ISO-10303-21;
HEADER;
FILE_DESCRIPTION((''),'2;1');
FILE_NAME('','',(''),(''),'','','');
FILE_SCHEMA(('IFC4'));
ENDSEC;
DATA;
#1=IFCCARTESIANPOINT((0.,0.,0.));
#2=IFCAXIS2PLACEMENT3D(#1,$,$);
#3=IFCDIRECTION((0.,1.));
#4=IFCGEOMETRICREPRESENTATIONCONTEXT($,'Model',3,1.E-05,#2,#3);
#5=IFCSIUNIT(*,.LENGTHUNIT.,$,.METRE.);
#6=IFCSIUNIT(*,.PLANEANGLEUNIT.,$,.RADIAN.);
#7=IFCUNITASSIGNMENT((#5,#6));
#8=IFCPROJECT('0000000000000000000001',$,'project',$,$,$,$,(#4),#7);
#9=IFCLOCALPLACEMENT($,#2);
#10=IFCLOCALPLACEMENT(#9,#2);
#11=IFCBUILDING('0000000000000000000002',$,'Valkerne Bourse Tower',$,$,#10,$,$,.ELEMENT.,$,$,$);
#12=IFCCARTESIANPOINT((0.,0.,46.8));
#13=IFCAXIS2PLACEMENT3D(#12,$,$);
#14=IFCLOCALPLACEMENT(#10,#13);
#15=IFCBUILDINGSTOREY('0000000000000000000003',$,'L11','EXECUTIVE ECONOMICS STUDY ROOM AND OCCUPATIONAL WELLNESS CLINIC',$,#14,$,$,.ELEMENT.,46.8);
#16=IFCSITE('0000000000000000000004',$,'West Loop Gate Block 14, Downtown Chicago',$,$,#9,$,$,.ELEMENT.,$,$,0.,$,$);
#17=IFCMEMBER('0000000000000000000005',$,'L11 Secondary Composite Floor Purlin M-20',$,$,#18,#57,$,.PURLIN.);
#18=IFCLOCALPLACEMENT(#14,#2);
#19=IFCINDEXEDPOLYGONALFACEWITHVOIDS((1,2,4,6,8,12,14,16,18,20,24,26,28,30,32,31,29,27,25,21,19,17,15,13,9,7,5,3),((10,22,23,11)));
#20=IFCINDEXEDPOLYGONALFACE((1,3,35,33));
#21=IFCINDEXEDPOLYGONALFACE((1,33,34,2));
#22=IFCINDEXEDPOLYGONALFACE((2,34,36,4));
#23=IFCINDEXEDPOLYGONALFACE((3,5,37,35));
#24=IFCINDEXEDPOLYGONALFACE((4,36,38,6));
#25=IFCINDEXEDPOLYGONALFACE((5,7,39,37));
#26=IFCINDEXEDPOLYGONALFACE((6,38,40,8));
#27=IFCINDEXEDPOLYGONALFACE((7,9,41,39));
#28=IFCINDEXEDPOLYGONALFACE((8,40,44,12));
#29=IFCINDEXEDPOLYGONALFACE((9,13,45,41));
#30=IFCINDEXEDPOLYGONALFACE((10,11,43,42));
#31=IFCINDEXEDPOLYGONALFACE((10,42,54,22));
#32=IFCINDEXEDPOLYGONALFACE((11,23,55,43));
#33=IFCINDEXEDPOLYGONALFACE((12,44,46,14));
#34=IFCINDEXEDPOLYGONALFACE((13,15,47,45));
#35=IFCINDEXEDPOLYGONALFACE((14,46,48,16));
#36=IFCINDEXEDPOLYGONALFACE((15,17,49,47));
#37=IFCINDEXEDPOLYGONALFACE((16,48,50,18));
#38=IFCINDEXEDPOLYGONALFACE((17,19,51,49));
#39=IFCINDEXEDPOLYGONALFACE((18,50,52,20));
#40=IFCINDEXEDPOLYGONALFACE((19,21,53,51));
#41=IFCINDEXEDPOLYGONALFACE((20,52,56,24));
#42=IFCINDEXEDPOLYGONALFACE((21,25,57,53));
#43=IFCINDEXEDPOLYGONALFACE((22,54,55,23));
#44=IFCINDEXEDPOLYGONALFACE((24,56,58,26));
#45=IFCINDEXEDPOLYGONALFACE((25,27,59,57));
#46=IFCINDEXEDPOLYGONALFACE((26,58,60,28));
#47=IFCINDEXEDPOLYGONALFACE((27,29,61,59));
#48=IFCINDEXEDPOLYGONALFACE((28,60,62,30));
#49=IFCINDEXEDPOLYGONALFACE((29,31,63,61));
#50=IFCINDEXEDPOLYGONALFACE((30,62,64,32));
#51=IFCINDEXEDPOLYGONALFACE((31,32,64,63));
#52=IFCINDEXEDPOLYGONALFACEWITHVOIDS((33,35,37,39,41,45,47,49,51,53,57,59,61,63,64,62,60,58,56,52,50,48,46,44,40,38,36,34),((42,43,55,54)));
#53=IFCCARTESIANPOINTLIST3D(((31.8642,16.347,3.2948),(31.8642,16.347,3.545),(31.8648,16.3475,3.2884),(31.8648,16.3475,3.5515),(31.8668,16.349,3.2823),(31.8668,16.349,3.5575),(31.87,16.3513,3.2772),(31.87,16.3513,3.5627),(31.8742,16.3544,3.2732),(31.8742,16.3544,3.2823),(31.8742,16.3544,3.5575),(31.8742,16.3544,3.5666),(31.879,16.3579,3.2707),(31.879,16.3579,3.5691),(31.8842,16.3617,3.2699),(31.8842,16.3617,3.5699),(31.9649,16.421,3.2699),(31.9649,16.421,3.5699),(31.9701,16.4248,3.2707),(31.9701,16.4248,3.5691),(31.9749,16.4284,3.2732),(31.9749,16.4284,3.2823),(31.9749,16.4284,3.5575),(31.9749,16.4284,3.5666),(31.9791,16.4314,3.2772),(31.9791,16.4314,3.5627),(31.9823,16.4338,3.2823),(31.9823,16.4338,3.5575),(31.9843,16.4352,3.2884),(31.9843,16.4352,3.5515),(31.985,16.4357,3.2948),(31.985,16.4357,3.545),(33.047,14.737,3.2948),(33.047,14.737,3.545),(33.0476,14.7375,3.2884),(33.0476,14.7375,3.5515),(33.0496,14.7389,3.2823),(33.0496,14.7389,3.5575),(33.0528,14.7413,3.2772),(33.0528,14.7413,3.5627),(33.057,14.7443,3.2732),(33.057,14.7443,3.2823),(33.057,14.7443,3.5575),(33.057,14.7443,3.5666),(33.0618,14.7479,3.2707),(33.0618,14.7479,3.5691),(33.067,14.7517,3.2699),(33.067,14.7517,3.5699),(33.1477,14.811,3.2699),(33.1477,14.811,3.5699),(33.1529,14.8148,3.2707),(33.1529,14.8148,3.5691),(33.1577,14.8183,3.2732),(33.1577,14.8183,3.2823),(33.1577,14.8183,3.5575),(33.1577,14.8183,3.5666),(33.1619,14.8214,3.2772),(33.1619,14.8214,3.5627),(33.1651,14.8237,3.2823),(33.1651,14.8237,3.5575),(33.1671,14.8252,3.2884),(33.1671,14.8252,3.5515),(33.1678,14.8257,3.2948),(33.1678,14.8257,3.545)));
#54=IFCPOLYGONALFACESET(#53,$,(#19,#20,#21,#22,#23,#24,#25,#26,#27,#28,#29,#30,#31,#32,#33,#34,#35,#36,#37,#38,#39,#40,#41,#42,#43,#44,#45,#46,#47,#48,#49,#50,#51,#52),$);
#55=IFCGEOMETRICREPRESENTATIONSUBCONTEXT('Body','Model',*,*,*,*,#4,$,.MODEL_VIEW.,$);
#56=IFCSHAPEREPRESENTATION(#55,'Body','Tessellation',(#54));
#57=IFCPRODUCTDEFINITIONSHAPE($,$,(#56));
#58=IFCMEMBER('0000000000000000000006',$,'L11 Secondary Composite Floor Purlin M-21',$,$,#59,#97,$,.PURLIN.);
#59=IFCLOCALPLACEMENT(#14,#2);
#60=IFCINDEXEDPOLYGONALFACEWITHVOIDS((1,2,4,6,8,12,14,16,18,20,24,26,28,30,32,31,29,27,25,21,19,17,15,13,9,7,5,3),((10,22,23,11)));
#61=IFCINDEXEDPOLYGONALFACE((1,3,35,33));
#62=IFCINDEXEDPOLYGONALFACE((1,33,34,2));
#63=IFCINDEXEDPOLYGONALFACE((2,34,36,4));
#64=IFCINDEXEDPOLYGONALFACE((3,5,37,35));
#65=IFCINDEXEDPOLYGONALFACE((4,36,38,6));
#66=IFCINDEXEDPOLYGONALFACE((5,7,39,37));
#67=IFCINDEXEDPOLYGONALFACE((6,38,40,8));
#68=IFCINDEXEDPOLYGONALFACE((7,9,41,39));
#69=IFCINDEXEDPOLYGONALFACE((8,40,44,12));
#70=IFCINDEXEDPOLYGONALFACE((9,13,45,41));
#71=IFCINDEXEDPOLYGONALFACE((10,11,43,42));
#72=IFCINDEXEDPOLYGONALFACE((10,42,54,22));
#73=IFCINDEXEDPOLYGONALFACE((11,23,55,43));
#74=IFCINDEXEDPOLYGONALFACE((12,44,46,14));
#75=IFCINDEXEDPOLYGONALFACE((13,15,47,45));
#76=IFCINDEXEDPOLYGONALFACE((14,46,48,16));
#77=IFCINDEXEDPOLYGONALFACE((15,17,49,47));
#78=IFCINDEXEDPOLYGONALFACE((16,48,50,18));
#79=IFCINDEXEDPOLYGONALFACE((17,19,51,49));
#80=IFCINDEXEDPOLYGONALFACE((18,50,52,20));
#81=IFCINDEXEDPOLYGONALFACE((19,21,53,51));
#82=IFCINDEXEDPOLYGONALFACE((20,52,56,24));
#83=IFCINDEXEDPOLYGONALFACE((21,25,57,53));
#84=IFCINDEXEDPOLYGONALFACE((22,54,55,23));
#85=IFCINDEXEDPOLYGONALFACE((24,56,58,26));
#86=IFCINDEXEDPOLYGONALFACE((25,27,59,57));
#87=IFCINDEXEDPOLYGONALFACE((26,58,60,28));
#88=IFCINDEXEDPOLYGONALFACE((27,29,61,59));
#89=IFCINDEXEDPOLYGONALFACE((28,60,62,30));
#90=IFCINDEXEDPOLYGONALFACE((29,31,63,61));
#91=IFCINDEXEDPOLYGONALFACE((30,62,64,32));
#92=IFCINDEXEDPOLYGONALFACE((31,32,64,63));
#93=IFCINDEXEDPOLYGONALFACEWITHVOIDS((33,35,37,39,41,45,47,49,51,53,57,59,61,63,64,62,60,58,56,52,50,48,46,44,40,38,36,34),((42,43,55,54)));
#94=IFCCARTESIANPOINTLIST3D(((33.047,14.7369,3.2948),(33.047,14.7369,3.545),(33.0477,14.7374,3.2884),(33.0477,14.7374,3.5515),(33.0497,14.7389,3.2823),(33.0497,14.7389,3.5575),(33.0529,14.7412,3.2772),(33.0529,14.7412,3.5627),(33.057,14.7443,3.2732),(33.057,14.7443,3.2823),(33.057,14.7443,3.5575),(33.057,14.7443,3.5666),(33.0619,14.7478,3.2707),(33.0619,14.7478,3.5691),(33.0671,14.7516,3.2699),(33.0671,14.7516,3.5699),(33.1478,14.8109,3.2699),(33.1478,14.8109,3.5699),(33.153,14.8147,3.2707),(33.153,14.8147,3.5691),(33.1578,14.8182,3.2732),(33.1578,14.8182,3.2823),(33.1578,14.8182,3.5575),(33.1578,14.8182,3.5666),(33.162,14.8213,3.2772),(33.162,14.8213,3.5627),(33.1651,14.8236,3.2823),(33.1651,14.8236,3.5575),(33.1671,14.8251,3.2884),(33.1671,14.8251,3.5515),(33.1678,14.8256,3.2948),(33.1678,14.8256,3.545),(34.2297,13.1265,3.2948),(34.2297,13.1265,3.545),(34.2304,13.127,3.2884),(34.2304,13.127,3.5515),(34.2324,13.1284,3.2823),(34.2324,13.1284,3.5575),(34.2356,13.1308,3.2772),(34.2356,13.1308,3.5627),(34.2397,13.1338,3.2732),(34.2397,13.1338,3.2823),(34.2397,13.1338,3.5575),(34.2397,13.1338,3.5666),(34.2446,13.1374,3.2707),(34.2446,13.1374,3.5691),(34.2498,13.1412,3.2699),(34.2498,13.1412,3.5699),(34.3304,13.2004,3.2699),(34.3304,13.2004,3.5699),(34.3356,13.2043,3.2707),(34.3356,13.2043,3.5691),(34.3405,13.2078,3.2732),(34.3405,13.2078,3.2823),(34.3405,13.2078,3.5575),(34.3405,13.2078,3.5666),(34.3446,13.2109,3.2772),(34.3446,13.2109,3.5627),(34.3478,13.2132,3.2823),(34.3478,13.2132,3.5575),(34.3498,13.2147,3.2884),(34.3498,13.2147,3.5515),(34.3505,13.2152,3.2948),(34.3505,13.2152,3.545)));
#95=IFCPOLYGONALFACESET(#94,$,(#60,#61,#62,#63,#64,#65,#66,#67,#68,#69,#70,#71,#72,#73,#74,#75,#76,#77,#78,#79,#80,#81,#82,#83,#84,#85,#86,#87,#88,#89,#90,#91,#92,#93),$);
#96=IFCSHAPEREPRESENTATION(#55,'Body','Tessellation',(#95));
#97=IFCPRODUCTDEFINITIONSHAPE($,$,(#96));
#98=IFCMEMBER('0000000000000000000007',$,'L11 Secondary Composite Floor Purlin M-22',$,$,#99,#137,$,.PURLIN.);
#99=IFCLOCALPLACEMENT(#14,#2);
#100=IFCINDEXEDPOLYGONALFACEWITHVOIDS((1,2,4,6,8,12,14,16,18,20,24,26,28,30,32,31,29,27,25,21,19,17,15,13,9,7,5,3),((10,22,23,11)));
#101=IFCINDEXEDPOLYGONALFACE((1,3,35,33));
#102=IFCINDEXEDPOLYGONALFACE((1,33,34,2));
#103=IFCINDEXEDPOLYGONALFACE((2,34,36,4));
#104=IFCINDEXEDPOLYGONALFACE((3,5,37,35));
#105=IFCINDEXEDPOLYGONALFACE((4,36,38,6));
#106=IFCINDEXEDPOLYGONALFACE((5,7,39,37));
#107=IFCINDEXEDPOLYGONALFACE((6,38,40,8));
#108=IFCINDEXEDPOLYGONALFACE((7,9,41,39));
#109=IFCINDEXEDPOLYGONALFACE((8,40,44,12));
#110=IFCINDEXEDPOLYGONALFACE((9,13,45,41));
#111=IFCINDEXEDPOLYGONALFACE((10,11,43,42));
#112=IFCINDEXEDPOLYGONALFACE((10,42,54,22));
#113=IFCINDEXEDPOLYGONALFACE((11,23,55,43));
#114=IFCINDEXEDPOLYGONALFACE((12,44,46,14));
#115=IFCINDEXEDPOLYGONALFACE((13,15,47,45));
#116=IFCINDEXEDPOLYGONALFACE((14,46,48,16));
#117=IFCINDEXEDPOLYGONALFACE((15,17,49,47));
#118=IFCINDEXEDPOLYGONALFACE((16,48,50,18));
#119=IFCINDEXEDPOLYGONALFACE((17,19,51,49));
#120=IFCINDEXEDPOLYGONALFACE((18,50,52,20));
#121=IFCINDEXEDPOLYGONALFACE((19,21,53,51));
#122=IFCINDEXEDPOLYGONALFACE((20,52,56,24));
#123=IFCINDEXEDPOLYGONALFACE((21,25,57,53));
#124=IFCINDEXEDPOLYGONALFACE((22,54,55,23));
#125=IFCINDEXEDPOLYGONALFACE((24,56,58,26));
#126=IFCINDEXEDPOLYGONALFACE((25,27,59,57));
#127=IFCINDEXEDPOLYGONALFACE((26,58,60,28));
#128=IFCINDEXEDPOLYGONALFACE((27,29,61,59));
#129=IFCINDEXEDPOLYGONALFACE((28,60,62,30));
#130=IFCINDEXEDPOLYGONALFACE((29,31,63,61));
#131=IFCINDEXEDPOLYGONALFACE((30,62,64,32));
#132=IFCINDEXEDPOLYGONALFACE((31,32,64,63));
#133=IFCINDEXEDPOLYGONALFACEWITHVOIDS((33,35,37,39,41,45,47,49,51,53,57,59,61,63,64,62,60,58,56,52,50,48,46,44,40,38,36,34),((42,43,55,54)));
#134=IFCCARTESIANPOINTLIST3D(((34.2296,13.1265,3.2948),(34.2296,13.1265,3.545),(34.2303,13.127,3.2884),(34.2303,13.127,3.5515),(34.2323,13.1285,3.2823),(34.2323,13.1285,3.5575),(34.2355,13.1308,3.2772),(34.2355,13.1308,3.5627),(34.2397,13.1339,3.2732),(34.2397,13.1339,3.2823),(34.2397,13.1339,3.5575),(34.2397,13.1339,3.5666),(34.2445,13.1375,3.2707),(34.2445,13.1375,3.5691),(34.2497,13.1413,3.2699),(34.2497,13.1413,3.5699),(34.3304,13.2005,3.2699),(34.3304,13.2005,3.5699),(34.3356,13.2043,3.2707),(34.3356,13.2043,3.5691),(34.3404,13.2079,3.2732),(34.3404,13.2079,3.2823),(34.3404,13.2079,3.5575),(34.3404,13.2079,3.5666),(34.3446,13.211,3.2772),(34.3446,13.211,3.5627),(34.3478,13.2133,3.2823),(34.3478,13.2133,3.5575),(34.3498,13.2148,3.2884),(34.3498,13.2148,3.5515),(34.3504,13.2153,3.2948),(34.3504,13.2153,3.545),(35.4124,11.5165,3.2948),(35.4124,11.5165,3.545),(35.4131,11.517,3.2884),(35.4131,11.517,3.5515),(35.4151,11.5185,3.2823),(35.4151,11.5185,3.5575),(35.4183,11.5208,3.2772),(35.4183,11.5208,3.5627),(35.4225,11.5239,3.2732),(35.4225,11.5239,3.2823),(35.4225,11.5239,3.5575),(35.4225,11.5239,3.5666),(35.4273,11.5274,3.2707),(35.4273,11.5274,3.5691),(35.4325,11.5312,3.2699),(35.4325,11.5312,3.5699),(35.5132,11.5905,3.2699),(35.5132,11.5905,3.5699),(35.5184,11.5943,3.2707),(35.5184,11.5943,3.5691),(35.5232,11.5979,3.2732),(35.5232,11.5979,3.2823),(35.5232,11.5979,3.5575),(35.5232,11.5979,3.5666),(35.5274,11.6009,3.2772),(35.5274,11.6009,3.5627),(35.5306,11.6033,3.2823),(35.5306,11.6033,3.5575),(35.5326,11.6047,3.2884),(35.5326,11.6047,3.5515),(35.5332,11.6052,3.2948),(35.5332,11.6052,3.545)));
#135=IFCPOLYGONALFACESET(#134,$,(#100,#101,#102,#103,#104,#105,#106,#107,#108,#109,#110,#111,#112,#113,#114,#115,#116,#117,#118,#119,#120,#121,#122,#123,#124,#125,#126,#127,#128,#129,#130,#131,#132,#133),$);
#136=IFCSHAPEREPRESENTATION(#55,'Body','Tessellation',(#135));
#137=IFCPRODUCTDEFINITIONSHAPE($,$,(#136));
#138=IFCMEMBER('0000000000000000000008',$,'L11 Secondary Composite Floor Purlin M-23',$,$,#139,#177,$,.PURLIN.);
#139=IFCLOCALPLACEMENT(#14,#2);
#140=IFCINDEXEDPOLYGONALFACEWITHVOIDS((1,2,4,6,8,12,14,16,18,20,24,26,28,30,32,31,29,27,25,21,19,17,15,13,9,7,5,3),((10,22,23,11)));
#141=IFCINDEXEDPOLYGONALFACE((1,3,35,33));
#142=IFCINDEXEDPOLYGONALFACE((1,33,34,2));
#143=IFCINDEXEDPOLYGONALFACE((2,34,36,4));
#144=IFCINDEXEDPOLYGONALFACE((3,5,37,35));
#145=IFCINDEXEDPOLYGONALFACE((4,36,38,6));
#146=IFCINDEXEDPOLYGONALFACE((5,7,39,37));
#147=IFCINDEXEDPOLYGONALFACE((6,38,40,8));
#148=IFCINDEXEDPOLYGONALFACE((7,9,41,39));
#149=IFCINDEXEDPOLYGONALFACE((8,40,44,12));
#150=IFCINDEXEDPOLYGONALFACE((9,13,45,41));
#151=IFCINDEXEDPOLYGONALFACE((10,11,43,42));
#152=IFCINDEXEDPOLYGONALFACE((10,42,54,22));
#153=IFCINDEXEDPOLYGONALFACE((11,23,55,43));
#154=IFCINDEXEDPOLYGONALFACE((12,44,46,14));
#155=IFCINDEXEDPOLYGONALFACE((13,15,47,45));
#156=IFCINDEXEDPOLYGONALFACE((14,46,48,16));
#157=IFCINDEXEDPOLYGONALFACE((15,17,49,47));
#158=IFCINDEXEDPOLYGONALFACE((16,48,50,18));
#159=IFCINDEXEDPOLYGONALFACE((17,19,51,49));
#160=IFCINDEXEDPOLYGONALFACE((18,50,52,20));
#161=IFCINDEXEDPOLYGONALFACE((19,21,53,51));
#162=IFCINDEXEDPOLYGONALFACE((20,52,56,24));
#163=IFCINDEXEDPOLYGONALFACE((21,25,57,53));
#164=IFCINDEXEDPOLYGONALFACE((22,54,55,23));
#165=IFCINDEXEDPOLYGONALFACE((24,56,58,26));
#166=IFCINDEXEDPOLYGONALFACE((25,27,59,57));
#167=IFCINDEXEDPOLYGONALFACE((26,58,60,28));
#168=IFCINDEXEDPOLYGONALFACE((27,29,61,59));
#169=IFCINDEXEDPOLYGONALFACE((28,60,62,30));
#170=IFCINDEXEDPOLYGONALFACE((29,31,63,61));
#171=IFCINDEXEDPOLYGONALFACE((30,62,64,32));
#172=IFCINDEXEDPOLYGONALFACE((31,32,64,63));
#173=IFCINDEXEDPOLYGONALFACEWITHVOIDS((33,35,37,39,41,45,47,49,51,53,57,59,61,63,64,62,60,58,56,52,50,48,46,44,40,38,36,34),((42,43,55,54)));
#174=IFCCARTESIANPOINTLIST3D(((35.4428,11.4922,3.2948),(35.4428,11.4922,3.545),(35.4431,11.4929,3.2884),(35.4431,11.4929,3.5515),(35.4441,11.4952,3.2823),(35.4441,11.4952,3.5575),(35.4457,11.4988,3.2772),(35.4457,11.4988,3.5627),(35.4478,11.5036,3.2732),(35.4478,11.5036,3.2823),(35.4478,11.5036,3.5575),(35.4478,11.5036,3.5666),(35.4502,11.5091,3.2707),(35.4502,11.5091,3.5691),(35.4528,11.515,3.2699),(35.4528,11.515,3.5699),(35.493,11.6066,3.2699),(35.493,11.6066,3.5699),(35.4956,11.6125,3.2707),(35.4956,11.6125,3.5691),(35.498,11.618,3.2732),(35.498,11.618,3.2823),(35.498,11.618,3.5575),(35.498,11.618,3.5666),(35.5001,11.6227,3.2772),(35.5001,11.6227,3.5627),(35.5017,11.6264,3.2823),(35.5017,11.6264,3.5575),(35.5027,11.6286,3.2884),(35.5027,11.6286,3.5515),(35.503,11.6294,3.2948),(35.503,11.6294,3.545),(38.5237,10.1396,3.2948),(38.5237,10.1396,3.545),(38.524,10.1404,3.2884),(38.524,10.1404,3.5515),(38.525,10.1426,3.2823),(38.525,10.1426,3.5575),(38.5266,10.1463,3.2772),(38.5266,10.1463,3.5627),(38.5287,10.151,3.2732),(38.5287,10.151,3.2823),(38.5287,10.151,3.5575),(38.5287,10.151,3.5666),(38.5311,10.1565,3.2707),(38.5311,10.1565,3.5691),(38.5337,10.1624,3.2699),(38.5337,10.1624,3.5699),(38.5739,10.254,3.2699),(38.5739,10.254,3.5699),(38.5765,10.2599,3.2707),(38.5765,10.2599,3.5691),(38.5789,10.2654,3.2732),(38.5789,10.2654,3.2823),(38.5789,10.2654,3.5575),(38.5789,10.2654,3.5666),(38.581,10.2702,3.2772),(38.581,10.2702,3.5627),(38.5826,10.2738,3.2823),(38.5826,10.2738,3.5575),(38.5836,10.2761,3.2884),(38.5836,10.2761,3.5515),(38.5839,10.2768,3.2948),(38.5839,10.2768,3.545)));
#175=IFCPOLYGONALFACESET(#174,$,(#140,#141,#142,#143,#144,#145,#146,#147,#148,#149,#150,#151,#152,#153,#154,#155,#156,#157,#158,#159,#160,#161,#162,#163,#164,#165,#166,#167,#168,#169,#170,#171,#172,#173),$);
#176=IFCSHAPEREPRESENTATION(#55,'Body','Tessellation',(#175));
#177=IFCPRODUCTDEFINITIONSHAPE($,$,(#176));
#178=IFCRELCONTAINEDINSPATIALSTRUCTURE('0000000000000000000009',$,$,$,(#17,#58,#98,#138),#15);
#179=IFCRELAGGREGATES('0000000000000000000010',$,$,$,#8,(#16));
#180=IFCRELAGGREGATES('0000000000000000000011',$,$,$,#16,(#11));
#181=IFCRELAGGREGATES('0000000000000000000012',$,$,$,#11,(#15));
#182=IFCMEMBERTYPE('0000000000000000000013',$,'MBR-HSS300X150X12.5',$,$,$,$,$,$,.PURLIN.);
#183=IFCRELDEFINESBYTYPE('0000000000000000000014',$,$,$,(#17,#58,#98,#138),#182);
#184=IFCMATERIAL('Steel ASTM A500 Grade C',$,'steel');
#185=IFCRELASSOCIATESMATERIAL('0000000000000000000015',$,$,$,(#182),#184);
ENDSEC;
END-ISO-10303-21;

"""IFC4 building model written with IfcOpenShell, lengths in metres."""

from ifc_helpers import new_model, si_unit, direction, frame, origin, origin_2d, place, context, subcontext, project, spatial, hollow_rectangle, extrude, material, material_profile, profile_set, type_object, element, save


model = new_model("IFC4")

# Units and contexts
model_context = context("Model", 3, precision=1e-05, world=origin(), true_north=direction((0.0, 1.0)))
body_context = subcontext(model_context, "Body", "Model", "MODEL_VIEW")
ifc_project = project(units=[si_unit("LENGTHUNIT", "METRE"), si_unit("PLANEANGLEUNIT", "RADIAN")], contexts=[model_context])

# Site, building, storey
site_placement = place(None, origin())
site = spatial("IfcSite", under=ifc_project, at=site_placement, Name="West Loop Gate Block 14, Downtown Chicago", CompositionType="ELEMENT", RefElevation=0.0)
building_placement = place(site_placement, origin())
building = spatial("IfcBuilding", under=site, at=building_placement, Name="Valkerne Bourse Tower", CompositionType="ELEMENT")
storey_placement = place(building_placement, frame((0.0, 0.0, 46.8)))
storey = spatial("IfcBuildingStorey", under=building, at=storey_placement, Name="L11", Description="EXECUTIVE ECONOMICS STUDY ROOM AND OCCUPATIONAL WELLNESS CLINIC", CompositionType="ELEMENT", Elevation=46.8)

# Members
ifc_material_1 = material(Name="Steel ASTM A500 Grade C", Category="steel")
ifc_material_profile_1 = material_profile(ifc_material_1, hollow_rectangle(XDim=0.1499, YDim=0.3, WallThickness=0.0125, OuterFilletRadius=0.0249, at=origin_2d()), Name="HSS300X150X12.5")
ifc_profile_set_1 = profile_set([ifc_material_profile_1], Name="Steel ASTM A500 Grade C")
member_type_1 = type_object("IfcMemberType", Name="MBR-HSS300X150X12.5", PredefinedType="PURLIN", material=ifc_profile_set_1)
member_1_placement = place(storey_placement, frame((31.9246, 16.3914, 3.4199), z_axis=(0.592052, -0.8059, 0.0), x_axis=(0.8059, 0.592052, 0.0)))
element("IfcMember", 1, at=member_1_placement, inside=storey, type_object=member_type_1, Name="L11 Secondary Composite Floor Purlin M-20", PredefinedType="PURLIN", context=body_context, shape_type="SweptSolid", body=[
    extrude(hollow_rectangle(XDim=0.1499, YDim=0.3, WallThickness=0.0125, OuterFilletRadius=0.0249, at=origin_2d()), origin(), (0.0, 0.0, 1.0), 1.9978),
])
member_2_placement = place(storey_placement, frame((33.1074, 14.7812, 3.4199), z_axis=(0.591914, -0.806001, 0.0), x_axis=(0.806001, 0.591914, 0.0)))
element("IfcMember", 2, at=member_2_placement, inside=storey, type_object=member_type_1, Name="L11 Secondary Composite Floor Purlin M-21", PredefinedType="PURLIN", context=body_context, shape_type="SweptSolid", body=[
    extrude(hollow_rectangle(XDim=0.1499, YDim=0.3, WallThickness=0.0125, OuterFilletRadius=0.0249, at=origin_2d()), origin(), (0.0, 0.0, 1.0), 1.998),
])
member_3_placement = place(storey_placement, frame((34.29, 13.1709, 3.4199), z_axis=(0.592052, -0.8059, 0.0), x_axis=(0.8059, 0.592052, 0.0)))
element("IfcMember", 3, at=member_3_placement, inside=storey, type_object=member_type_1, Name="L11 Secondary Composite Floor Purlin M-22", PredefinedType="PURLIN", context=body_context, shape_type="SweptSolid", body=[
    extrude(hollow_rectangle(XDim=0.1499, YDim=0.3, WallThickness=0.0125, OuterFilletRadius=0.0249, at=origin_2d()), origin(), (0.0, 0.0, 1.0), 1.9978),
])
member_4_placement = place(storey_placement, frame((35.4729, 11.5608, 3.4199), z_axis=(0.915645, -0.401987, 0.0), x_axis=(0.401987, 0.915645, 0.0)))
element("IfcMember", 4, at=member_4_placement, inside=storey, type_object=member_type_1, Name="L11 Secondary Composite Floor Purlin M-23", PredefinedType="PURLIN", context=body_context, shape_type="SweptSolid", body=[
    extrude(hollow_rectangle(XDim=0.1499, YDim=0.3, WallThickness=0.0125, OuterFilletRadius=0.0249, at=origin_2d()), origin(), (0.0, 0.0, 1.0), 3.3647),
])

save(model, "model.ifc")
